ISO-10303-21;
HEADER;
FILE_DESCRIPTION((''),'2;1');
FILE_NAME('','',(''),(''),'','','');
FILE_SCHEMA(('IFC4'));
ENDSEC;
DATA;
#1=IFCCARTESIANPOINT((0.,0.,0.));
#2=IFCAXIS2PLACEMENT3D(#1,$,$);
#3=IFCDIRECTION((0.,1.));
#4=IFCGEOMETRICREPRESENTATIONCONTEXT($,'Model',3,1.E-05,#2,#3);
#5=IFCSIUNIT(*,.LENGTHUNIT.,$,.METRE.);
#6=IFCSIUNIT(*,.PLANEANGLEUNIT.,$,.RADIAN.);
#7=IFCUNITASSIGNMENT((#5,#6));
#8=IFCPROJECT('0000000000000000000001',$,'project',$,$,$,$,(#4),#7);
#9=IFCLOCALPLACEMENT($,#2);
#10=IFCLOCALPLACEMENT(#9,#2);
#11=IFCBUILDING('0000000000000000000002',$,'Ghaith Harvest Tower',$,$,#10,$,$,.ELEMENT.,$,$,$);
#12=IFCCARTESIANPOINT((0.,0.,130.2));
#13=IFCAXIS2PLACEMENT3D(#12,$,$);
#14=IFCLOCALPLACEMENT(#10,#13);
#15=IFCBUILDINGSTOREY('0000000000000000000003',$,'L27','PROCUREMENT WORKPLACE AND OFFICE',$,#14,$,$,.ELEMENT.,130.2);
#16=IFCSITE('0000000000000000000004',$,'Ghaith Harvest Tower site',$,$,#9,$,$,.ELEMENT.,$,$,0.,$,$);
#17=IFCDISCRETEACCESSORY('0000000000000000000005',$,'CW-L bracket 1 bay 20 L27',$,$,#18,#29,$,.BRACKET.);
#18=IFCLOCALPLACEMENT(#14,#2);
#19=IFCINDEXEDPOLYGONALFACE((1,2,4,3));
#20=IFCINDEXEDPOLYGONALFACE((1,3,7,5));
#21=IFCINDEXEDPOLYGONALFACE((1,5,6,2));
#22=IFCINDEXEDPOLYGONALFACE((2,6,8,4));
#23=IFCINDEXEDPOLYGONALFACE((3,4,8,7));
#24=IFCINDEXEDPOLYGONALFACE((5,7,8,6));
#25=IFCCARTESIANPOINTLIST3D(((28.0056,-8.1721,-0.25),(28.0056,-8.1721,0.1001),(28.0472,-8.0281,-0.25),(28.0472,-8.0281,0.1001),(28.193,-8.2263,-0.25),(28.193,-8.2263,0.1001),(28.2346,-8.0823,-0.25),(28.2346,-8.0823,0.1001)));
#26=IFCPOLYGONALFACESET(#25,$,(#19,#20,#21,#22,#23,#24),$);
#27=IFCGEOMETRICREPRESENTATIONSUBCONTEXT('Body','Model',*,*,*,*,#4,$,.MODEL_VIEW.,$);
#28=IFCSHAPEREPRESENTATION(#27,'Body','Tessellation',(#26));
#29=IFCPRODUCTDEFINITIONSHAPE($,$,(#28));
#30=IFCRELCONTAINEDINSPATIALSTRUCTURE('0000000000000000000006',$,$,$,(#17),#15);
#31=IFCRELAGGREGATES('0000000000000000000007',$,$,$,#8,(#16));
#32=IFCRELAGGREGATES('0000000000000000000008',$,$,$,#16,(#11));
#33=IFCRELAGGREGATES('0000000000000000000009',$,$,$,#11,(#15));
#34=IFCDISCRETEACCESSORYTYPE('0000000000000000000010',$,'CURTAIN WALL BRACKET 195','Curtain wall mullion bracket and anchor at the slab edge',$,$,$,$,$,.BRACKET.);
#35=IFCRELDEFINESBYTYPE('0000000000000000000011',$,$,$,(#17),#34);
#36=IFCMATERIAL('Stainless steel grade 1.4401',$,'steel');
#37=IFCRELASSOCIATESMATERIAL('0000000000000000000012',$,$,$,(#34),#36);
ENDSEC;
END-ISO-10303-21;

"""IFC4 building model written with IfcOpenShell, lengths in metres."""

from ifc_helpers import new_model, si_unit, direction, frame, origin, origin_2d, place, context, subcontext, project, spatial, rectangle, extrude, material, type_object, element, save


model = new_model("IFC4")

# Units and contexts
model_context = context("Model", 3, precision=1e-05, world=origin(), true_north=direction((0.0, 1.0)))
body_context = subcontext(model_context, "Body", "Model", "MODEL_VIEW")
ifc_project = project(units=[si_unit("LENGTHUNIT", "METRE"), si_unit("PLANEANGLEUNIT", "RADIAN")], contexts=[model_context])

# Site, building, storey
site_placement = place(None, origin())
site = spatial("IfcSite", under=ifc_project, at=site_placement, Name="Ghaith Harvest Tower site", CompositionType="ELEMENT", RefElevation=0.0)
building_placement = place(site_placement, origin())
building = spatial("IfcBuilding", under=site, at=building_placement, Name="Ghaith Harvest Tower", CompositionType="ELEMENT")
storey_placement = place(building_placement, frame((0.0, 0.0, 130.2)))
storey = spatial("IfcBuildingStorey", under=building, at=storey_placement, Name="L27", Description="PROCUREMENT WORKPLACE AND OFFICE", CompositionType="ELEMENT", Elevation=130.2)

# Discrete accessory
ifc_material_1 = material(Name="Stainless steel grade 1.4401", Category="steel")
discrete_accessory_type = type_object("IfcDiscreteAccessoryType", Name="CURTAIN WALL BRACKET 195", Description="Curtain wall mullion bracket and anchor at the slab edge", PredefinedType="BRACKET", material=ifc_material_1)
discrete_accessory_placement = place(storey_placement, frame((28.1201, -8.1272, -0.25), z_axis=(0.0, 0.0, 1.0), x_axis=(0.96068, -0.277657, 0.0)))
element("IfcDiscreteAccessory", 1, at=discrete_accessory_placement, inside=storey, type_object=discrete_accessory_type, Name="CW-L bracket 1 bay 20 L27", PredefinedType="BRACKET", context=body_context, shape_type="SweptSolid", body=[
    extrude(rectangle(XDim=0.1951, YDim=0.1499, at=origin_2d()), origin(), (0.0, 0.0, 1.0), 0.3501),
])

save(model, "model.ifc")
